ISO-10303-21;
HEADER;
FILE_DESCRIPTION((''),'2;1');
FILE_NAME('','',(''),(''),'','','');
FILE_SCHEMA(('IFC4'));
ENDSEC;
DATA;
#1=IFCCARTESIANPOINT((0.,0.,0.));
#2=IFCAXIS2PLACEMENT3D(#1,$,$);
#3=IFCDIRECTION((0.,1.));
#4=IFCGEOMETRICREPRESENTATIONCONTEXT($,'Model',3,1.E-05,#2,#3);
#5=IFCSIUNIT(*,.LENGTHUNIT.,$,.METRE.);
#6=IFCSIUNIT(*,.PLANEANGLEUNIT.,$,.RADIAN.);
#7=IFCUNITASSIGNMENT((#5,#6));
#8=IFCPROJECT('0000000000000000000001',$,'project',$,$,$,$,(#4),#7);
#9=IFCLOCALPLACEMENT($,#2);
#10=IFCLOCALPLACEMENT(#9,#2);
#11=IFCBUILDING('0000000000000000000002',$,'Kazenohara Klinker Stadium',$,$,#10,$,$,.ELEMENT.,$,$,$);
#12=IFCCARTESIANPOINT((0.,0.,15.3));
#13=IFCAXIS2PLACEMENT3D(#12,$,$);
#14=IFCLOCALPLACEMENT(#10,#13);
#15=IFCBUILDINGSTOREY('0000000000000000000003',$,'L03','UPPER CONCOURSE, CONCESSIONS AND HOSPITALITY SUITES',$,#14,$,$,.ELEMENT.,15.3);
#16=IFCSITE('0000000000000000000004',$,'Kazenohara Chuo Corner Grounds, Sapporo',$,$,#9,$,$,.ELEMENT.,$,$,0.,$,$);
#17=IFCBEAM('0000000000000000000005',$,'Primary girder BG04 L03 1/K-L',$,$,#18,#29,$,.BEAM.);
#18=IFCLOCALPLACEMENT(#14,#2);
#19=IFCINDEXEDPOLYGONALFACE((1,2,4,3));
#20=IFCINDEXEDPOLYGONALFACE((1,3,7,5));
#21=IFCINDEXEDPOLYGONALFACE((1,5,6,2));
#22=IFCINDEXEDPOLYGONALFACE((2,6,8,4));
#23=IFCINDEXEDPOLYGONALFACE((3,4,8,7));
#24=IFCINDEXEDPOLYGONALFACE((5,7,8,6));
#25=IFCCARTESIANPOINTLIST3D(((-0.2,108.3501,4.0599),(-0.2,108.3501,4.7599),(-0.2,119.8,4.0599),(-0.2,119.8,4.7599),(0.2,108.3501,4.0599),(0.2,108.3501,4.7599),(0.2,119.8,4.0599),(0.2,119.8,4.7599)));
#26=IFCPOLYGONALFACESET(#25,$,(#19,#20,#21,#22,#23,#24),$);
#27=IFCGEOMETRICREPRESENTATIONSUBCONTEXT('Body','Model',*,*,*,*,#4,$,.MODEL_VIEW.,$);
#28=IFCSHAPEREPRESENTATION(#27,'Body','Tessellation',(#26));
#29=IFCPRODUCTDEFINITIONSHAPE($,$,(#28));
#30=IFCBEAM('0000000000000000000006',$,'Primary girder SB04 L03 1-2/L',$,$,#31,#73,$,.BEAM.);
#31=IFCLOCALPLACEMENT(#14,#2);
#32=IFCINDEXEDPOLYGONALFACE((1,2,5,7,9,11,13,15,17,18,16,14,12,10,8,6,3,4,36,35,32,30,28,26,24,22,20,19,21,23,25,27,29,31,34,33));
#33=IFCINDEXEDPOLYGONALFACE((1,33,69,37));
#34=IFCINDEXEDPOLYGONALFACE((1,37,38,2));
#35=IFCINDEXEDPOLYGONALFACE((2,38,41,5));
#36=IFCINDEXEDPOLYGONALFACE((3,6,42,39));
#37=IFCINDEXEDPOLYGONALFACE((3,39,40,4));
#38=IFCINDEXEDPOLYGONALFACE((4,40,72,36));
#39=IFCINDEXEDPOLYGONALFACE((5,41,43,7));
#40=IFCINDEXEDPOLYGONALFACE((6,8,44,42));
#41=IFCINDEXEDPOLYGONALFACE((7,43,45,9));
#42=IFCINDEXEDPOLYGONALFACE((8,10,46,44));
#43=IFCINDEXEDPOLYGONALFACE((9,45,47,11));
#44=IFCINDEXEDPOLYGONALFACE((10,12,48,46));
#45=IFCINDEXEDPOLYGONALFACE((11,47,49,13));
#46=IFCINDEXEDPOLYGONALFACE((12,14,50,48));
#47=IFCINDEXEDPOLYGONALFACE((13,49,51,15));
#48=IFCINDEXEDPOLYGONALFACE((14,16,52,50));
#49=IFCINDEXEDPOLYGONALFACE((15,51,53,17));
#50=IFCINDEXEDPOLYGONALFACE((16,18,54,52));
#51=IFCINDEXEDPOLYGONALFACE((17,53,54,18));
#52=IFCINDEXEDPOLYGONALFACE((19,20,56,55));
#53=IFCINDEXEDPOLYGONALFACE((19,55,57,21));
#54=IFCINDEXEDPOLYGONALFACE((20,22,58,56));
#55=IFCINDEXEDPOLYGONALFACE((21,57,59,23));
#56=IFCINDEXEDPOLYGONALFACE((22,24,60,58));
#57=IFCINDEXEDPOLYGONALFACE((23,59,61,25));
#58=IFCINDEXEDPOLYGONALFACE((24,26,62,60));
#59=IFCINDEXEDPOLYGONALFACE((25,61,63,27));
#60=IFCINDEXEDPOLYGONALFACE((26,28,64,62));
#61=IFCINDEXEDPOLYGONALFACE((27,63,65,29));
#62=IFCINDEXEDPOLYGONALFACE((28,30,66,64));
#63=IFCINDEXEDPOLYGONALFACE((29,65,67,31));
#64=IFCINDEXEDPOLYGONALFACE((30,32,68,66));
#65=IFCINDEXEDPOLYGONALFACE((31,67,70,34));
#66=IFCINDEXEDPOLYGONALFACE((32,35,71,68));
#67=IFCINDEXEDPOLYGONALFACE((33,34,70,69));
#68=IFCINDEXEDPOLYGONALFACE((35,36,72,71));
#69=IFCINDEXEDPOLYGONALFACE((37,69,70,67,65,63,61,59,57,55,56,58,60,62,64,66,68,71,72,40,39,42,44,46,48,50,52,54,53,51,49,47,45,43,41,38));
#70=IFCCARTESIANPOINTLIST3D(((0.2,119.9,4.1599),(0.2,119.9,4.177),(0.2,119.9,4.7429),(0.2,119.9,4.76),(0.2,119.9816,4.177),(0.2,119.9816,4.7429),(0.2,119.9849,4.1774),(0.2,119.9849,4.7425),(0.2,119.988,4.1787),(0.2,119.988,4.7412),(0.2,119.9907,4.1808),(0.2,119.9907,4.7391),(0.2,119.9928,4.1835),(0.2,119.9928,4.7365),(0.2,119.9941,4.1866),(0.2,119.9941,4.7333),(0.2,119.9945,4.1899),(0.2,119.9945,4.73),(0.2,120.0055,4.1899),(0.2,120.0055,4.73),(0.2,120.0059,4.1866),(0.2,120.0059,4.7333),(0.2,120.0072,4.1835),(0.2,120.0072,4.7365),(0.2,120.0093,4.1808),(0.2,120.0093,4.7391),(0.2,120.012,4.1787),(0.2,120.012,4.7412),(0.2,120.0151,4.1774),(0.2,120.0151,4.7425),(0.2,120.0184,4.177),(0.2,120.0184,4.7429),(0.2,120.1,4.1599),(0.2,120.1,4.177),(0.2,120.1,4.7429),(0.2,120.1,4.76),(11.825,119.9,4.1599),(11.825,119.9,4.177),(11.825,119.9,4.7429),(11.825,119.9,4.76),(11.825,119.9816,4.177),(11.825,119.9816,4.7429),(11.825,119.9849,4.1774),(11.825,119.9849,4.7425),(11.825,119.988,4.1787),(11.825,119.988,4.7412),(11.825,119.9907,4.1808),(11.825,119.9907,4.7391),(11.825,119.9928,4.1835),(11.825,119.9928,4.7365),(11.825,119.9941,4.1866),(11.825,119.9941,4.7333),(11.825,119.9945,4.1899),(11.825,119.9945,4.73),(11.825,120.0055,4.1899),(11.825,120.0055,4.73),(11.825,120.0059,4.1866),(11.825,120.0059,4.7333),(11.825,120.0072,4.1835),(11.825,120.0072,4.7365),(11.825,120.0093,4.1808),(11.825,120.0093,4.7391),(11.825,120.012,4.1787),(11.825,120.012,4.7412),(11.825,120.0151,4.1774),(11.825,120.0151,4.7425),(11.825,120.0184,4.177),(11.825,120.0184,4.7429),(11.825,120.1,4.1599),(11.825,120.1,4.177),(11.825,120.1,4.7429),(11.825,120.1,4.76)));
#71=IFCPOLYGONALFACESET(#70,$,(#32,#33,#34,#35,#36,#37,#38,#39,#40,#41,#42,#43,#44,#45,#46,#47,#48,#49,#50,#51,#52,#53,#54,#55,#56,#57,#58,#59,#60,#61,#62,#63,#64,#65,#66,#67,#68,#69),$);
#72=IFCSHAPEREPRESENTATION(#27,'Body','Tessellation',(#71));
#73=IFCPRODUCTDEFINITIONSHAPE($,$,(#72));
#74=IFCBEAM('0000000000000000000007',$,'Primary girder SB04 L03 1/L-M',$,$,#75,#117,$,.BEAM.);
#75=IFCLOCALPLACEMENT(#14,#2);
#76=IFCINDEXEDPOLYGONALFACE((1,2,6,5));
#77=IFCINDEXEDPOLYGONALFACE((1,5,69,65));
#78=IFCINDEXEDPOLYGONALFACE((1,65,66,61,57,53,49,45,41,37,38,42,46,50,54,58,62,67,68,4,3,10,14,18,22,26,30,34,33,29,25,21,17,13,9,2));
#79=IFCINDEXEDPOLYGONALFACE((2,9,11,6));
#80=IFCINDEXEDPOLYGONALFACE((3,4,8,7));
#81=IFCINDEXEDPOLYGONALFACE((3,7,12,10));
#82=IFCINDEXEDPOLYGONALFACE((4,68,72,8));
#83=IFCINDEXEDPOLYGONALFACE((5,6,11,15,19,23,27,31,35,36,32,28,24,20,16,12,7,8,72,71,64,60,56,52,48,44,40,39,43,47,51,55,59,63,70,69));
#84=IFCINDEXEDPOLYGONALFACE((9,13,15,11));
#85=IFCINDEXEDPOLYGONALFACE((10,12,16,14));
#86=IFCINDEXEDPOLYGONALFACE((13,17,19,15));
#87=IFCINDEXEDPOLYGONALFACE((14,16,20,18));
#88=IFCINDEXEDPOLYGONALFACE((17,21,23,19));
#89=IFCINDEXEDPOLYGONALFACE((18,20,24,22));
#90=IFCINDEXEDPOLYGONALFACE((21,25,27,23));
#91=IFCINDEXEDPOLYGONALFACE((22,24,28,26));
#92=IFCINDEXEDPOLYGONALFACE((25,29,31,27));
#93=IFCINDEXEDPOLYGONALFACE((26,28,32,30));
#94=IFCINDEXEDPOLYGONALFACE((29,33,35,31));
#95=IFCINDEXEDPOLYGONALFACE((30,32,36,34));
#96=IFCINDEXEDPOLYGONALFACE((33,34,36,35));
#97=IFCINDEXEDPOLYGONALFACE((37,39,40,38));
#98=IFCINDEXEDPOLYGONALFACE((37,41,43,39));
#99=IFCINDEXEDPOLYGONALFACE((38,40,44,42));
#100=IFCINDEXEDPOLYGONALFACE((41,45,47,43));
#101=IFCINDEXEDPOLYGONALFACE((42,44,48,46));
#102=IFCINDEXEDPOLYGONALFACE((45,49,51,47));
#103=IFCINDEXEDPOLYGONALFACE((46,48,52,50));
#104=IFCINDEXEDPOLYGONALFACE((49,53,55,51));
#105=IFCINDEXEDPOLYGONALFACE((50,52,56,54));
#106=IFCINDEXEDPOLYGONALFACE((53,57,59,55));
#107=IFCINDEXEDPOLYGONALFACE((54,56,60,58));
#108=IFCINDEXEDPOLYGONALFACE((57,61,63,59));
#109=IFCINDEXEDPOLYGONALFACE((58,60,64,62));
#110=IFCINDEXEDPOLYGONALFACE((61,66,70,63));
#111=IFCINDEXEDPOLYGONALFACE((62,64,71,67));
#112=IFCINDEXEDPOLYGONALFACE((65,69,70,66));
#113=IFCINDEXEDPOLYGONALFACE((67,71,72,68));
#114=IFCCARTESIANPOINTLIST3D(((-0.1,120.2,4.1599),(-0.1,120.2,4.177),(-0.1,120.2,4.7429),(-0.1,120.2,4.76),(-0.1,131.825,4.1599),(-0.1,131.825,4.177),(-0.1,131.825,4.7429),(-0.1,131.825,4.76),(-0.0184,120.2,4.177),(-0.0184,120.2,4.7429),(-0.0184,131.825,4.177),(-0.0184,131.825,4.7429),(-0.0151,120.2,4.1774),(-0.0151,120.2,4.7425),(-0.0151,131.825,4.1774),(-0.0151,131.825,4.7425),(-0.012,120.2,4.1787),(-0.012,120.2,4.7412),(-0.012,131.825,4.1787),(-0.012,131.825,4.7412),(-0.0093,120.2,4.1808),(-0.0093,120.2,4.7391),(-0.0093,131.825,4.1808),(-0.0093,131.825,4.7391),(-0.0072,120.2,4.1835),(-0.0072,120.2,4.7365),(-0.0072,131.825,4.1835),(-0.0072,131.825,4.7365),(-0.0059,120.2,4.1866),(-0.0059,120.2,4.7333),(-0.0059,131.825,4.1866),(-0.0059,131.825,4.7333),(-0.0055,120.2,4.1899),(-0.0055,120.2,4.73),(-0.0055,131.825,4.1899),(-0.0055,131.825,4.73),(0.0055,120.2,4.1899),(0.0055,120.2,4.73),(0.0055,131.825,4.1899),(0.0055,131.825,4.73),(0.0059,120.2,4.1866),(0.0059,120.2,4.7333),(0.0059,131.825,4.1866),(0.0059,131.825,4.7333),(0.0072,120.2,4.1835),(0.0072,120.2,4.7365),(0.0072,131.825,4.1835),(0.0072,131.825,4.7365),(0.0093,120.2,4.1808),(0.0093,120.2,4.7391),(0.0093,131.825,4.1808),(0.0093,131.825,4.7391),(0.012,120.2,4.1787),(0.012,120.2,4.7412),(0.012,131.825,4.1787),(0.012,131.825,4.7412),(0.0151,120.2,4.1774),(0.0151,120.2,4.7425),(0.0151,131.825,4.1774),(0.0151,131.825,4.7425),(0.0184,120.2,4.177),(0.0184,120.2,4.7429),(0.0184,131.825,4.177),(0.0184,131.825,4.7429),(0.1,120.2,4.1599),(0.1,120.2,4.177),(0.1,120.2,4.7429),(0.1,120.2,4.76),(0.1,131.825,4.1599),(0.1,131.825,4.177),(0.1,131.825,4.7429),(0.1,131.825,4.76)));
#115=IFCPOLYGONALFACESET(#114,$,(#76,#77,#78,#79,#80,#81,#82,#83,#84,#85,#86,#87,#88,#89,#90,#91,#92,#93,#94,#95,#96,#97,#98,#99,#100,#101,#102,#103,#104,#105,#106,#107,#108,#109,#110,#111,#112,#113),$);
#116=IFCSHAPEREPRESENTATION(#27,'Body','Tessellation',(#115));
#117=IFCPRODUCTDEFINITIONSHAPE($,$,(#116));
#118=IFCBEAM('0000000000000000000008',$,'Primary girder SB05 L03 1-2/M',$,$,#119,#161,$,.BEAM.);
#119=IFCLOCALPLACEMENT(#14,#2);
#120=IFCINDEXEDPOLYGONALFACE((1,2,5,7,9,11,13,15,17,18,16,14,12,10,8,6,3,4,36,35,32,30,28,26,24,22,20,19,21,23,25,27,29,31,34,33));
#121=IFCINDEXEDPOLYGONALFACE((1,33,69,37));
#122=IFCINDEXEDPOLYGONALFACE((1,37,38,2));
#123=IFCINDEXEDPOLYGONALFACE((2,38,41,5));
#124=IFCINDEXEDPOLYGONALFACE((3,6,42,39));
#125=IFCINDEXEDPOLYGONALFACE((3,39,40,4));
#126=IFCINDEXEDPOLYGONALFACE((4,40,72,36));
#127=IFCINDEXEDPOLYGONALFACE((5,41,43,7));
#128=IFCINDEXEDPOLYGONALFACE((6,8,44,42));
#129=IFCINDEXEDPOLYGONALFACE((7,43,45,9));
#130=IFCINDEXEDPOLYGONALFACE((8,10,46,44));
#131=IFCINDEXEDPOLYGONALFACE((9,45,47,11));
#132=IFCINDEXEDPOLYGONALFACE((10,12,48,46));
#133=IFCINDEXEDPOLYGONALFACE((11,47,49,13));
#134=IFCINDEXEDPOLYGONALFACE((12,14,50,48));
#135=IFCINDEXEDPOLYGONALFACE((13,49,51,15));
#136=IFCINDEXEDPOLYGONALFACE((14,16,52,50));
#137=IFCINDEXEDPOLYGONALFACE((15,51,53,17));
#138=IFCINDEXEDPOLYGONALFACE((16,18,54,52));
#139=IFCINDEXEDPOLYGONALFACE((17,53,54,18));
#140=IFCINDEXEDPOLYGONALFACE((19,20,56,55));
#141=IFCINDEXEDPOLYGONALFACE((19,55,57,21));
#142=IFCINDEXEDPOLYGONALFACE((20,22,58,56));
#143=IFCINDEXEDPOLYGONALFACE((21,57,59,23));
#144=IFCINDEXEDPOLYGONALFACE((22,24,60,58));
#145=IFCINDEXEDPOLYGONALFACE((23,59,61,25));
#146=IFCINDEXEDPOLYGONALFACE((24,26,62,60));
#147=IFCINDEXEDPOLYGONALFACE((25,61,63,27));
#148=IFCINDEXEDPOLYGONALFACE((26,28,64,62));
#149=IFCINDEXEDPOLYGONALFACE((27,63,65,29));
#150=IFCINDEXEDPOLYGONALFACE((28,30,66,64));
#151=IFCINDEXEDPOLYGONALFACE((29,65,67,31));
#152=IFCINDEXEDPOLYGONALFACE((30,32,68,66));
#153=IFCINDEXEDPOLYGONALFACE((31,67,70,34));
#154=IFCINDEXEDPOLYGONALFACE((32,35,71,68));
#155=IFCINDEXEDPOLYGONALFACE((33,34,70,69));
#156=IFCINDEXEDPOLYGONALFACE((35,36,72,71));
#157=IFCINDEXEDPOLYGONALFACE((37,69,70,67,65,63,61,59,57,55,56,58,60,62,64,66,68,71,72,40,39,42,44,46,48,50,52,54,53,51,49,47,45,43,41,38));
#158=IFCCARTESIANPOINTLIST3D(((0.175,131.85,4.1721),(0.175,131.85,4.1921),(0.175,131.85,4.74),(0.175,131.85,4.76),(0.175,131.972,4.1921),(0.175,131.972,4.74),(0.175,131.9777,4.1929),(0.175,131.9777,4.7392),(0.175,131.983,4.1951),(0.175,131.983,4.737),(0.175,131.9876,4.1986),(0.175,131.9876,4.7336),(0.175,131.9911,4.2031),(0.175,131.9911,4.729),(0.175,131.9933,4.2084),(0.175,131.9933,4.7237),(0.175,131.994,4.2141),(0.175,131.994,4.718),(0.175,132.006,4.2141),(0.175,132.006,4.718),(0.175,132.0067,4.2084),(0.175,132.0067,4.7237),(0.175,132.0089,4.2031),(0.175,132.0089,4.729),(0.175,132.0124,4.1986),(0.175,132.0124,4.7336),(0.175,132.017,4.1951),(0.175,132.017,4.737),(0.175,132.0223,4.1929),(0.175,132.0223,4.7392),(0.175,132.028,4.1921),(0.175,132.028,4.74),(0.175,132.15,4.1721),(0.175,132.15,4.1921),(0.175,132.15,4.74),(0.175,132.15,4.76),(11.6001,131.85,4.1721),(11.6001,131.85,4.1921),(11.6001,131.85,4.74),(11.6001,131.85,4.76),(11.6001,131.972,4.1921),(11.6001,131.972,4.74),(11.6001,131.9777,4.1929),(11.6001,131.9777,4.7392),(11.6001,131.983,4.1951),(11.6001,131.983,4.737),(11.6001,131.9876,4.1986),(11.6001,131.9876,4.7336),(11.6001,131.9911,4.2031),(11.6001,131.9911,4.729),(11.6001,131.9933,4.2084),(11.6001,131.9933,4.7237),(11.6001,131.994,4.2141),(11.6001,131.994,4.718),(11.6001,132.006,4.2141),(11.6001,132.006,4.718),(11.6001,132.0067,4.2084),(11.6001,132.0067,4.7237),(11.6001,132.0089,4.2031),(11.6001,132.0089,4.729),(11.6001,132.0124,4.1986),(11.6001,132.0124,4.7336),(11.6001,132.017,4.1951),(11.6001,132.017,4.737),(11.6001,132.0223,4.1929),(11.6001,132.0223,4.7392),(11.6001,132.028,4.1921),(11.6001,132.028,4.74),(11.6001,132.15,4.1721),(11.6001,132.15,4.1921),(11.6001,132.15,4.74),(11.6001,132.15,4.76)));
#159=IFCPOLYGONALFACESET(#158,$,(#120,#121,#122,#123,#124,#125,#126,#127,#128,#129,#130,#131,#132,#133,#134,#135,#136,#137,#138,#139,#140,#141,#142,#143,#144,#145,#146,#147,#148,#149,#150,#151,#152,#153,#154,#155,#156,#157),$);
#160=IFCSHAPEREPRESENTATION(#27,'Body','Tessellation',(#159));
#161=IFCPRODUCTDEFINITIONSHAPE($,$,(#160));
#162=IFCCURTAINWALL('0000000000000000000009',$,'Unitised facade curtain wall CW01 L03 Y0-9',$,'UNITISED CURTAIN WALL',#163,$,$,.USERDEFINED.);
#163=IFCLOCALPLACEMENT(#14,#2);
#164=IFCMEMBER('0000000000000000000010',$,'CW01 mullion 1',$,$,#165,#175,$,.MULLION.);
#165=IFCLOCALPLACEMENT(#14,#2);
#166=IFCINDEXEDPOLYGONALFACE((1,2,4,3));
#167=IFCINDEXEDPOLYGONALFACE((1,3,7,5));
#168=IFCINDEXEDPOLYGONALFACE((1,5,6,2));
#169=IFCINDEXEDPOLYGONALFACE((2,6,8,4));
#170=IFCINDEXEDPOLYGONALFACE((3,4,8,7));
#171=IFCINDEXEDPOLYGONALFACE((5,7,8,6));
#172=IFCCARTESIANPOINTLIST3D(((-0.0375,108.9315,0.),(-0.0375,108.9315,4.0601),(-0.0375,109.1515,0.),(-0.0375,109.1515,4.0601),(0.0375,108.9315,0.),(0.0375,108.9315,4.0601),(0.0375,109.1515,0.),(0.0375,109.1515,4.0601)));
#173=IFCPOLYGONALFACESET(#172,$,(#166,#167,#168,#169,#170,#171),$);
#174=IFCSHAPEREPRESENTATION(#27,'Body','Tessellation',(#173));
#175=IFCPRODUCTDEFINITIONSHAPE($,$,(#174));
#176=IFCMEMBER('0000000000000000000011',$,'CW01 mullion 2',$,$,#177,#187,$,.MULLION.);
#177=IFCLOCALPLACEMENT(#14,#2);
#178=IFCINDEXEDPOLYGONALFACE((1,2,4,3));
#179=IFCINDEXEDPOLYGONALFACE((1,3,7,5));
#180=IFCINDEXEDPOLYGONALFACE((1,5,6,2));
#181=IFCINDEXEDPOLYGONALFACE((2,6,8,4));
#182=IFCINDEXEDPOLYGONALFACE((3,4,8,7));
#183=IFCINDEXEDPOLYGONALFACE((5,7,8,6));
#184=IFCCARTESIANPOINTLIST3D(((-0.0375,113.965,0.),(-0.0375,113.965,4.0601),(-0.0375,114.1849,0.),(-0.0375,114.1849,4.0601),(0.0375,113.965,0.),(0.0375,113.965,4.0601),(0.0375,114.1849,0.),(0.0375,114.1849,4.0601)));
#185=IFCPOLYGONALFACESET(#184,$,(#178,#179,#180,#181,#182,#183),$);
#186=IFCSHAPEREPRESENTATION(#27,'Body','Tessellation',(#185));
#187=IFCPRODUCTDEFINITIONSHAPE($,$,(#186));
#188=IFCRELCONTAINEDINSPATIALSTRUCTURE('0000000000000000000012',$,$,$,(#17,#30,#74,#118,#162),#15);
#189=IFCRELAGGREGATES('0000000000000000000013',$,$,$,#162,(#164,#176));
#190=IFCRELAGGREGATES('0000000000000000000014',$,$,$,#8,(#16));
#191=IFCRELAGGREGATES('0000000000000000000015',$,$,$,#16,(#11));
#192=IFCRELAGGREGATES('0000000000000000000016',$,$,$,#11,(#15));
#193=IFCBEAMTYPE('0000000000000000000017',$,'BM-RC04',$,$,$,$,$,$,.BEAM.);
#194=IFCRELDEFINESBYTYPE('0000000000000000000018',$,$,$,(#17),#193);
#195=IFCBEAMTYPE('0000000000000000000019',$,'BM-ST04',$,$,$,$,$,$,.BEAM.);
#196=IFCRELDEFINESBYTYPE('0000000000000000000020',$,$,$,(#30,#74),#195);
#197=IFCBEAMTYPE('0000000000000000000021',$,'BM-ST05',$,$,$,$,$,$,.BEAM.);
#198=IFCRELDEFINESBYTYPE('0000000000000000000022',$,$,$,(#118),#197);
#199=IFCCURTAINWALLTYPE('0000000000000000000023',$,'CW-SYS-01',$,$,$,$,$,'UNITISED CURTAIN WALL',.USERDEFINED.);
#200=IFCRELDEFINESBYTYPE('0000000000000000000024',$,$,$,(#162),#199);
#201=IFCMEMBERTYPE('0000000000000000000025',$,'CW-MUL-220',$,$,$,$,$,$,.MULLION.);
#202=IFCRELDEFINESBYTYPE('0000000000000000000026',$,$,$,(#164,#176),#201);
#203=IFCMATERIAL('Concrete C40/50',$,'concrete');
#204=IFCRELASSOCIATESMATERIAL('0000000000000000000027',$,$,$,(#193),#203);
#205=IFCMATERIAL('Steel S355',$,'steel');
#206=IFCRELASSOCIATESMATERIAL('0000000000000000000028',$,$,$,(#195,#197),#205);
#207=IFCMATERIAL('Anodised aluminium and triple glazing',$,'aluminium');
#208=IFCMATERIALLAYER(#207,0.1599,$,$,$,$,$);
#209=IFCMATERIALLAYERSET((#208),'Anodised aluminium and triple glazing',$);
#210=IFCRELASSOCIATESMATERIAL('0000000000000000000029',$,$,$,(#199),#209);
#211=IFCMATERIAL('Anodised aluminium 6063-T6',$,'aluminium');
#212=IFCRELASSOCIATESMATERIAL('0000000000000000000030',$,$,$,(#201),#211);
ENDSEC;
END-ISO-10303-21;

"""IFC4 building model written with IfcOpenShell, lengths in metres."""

from ifc_helpers import new_model, si_unit, direction, frame, origin, origin_2d, place, context, subcontext, project, spatial, rectangle, i_section, extrude, material, layer, layer_set, material_profile, profile_set, type_object, element, aggregate, save


model = new_model("IFC4")

# Units and contexts
model_context = context("Model", 3, precision=1e-05, world=origin(), true_north=direction((0.0, 1.0)))
body_context = subcontext(model_context, "Body", "Model", "MODEL_VIEW")
ifc_project = project(units=[si_unit("LENGTHUNIT", "METRE"), si_unit("PLANEANGLEUNIT", "RADIAN")], contexts=[model_context])

# Site, building, storey
site_placement = place(None, origin())
site = spatial("IfcSite", under=ifc_project, at=site_placement, Name="Kazenohara Chuo Corner Grounds, Sapporo", CompositionType="ELEMENT", RefElevation=0.0)
building_placement = place(site_placement, origin())
building = spatial("IfcBuilding", under=site, at=building_placement, Name="Kazenohara Klinker Stadium", CompositionType="ELEMENT")
storey_placement = place(building_placement, frame((0.0, 0.0, 15.3)))
storey = spatial("IfcBuildingStorey", under=building, at=storey_placement, Name="L03", Description="UPPER CONCOURSE, CONCESSIONS AND HOSPITALITY SUITES", CompositionType="ELEMENT", Elevation=15.3)

# Shared definitions
ifc_material_1 = material(Name="Steel S355", Category="steel")

# Beams
ifc_material_2 = material(Name="Concrete C40/50", Category="concrete")
ifc_material_profile_1 = material_profile(ifc_material_2, rectangle(XDim=0.3999, YDim=0.7, at=origin_2d()), Name="RC-BM-400x700")
ifc_profile_set_1 = profile_set([ifc_material_profile_1], Name="Concrete C40/50")
beam_type_1 = type_object("IfcBeamType", Name="BM-RC04", PredefinedType="BEAM", material=ifc_profile_set_1)
beam_1_placement = place(storey_placement, frame((0.0, 108.3501, 4.4099), z_axis=(0.0, 1.0, 0.0), x_axis=(-1.0, 0.0, 0.0)))
element("IfcBeam", 1, at=beam_1_placement, inside=storey, type_object=beam_type_1, Name="Primary girder BG04 L03 1/K-L", PredefinedType="BEAM", context=body_context, shape_type="SweptSolid", body=[
    extrude(rectangle(XDim=0.3999, YDim=0.7, at=origin_2d()), origin(), (0.0, 0.0, 1.0), 11.45),
])
ifc_material_profile_2 = material_profile(ifc_material_1, i_section(OverallWidth=0.2, OverallDepth=0.6001, WebThickness=0.011, FlangeThickness=0.0171, FilletRadius=0.0129, at=origin_2d()), Name="H-600x200x11x17")
ifc_profile_set_2 = profile_set([ifc_material_profile_2], Name="Steel S355")
beam_type_2 = type_object("IfcBeamType", Name="BM-ST04", PredefinedType="BEAM", material=ifc_profile_set_2)
for number, where, z_axis, x_axis, name in (
    (2, (0.2, 120.0, 4.46), (1.0, 0.0, 0.0), (0.0, 1.0, 0.0), "Primary girder SB04 L03 1-2/L"),
    (3, (0.0, 120.2, 4.46), (0.0, 1.0, 0.0), (-1.0, 0.0, 0.0), "Primary girder SB04 L03 1/L-M"),
):
    element("IfcBeam", number, at=place(storey_placement, frame(where, z_axis=z_axis, x_axis=x_axis)), inside=storey, type_object=beam_type_2, Name=name, PredefinedType="BEAM", context=body_context, shape_type="SweptSolid", body=[
        extrude(i_section(OverallWidth=0.2, OverallDepth=0.6001, WebThickness=0.011, FlangeThickness=0.0171, FilletRadius=0.0129, at=origin_2d()), origin(), (0.0, 0.0, 1.0), 11.625),
    ])
ifc_material_profile_3 = material_profile(ifc_material_1, i_section(OverallWidth=0.3, OverallDepth=0.5879, WebThickness=0.012, FlangeThickness=0.02, FilletRadius=0.022, at=origin_2d()), Name="H-588x300x12x20")
ifc_profile_set_3 = profile_set([ifc_material_profile_3], Name="Steel S355")
beam_type_3 = type_object("IfcBeamType", Name="BM-ST05", PredefinedType="BEAM", material=ifc_profile_set_3)
beam_2_placement = place(storey_placement, frame((0.175, 132.0, 4.4661), z_axis=(1.0, 0.0, 0.0), x_axis=(0.0, 1.0, 0.0)))
element("IfcBeam", 4, at=beam_2_placement, inside=storey, type_object=beam_type_3, Name="Primary girder SB05 L03 1-2/M", PredefinedType="BEAM", context=body_context, shape_type="SweptSolid", body=[
    extrude(i_section(OverallWidth=0.3, OverallDepth=0.5879, WebThickness=0.012, FlangeThickness=0.02, FilletRadius=0.022, at=origin_2d()), origin(), (0.0, 0.0, 1.0), 11.425),
])

# Curtain wall, members
ifc_material_3 = material(Name="Anodised aluminium and triple glazing", Category="aluminium")
ifc_layer_1 = layer(ifc_material_3, 0.1599)
ifc_layer_set_1 = layer_set([ifc_layer_1], Name="Anodised aluminium and triple glazing")
curtain_wall_type = type_object("IfcCurtainWallType", Name="CW-SYS-01", ElementType="UNITISED CURTAIN WALL", PredefinedType="USERDEFINED", material=ifc_layer_set_1)
curtain_wall_placement = place(storey_placement, origin())
curtain_wall = element("IfcCurtainWall", 5, at=curtain_wall_placement, inside=storey, type_object=curtain_wall_type, Name="Unitised facade curtain wall CW01 L03 Y0-9", ObjectType="UNITISED CURTAIN WALL", PredefinedType="USERDEFINED")
ifc_material_4 = material(Name="Anodised aluminium 6063-T6", Category="aluminium")
ifc_material_profile_4 = material_profile(ifc_material_4, rectangle(XDim=0.075, YDim=0.22, at=origin_2d()), Name="ALU-MUL-75x220")
ifc_profile_set_4 = profile_set([ifc_material_profile_4], Name="Anodised aluminium 6063-T6")
member_type_1 = type_object("IfcMemberType", Name="CW-MUL-220", PredefinedType="MULLION", material=ifc_profile_set_4)
member_1_placement = place(storey_placement, frame((0.0, 109.0415, 0.0), z_axis=(0.0, 0.0, 1.0), x_axis=(-1.0, 0.0, 0.0)))
member_1 = element("IfcMember", 6, at=member_1_placement, type_object=member_type_1, Name="CW01 mullion 1", PredefinedType="MULLION", context=body_context, shape_type="SweptSolid", body=[
    extrude(rectangle(XDim=0.075, YDim=0.22, at=origin_2d()), origin(), (0.0, 0.0, 1.0), 4.0601),
])
member_2_placement = place(storey_placement, frame((0.0, 114.075, 0.0), z_axis=(0.0, 0.0, 1.0), x_axis=(-1.0, 0.0, 0.0)))
member_2 = element("IfcMember", 7, at=member_2_placement, type_object=member_type_1, Name="CW01 mullion 2", PredefinedType="MULLION", context=body_context, shape_type="SweptSolid", body=[
    extrude(rectangle(XDim=0.075, YDim=0.22, at=origin_2d()), origin(), (0.0, 0.0, 1.0), 4.0601),
])
aggregate(curtain_wall, [member_1, member_2])

save(model, "model.ifc")
